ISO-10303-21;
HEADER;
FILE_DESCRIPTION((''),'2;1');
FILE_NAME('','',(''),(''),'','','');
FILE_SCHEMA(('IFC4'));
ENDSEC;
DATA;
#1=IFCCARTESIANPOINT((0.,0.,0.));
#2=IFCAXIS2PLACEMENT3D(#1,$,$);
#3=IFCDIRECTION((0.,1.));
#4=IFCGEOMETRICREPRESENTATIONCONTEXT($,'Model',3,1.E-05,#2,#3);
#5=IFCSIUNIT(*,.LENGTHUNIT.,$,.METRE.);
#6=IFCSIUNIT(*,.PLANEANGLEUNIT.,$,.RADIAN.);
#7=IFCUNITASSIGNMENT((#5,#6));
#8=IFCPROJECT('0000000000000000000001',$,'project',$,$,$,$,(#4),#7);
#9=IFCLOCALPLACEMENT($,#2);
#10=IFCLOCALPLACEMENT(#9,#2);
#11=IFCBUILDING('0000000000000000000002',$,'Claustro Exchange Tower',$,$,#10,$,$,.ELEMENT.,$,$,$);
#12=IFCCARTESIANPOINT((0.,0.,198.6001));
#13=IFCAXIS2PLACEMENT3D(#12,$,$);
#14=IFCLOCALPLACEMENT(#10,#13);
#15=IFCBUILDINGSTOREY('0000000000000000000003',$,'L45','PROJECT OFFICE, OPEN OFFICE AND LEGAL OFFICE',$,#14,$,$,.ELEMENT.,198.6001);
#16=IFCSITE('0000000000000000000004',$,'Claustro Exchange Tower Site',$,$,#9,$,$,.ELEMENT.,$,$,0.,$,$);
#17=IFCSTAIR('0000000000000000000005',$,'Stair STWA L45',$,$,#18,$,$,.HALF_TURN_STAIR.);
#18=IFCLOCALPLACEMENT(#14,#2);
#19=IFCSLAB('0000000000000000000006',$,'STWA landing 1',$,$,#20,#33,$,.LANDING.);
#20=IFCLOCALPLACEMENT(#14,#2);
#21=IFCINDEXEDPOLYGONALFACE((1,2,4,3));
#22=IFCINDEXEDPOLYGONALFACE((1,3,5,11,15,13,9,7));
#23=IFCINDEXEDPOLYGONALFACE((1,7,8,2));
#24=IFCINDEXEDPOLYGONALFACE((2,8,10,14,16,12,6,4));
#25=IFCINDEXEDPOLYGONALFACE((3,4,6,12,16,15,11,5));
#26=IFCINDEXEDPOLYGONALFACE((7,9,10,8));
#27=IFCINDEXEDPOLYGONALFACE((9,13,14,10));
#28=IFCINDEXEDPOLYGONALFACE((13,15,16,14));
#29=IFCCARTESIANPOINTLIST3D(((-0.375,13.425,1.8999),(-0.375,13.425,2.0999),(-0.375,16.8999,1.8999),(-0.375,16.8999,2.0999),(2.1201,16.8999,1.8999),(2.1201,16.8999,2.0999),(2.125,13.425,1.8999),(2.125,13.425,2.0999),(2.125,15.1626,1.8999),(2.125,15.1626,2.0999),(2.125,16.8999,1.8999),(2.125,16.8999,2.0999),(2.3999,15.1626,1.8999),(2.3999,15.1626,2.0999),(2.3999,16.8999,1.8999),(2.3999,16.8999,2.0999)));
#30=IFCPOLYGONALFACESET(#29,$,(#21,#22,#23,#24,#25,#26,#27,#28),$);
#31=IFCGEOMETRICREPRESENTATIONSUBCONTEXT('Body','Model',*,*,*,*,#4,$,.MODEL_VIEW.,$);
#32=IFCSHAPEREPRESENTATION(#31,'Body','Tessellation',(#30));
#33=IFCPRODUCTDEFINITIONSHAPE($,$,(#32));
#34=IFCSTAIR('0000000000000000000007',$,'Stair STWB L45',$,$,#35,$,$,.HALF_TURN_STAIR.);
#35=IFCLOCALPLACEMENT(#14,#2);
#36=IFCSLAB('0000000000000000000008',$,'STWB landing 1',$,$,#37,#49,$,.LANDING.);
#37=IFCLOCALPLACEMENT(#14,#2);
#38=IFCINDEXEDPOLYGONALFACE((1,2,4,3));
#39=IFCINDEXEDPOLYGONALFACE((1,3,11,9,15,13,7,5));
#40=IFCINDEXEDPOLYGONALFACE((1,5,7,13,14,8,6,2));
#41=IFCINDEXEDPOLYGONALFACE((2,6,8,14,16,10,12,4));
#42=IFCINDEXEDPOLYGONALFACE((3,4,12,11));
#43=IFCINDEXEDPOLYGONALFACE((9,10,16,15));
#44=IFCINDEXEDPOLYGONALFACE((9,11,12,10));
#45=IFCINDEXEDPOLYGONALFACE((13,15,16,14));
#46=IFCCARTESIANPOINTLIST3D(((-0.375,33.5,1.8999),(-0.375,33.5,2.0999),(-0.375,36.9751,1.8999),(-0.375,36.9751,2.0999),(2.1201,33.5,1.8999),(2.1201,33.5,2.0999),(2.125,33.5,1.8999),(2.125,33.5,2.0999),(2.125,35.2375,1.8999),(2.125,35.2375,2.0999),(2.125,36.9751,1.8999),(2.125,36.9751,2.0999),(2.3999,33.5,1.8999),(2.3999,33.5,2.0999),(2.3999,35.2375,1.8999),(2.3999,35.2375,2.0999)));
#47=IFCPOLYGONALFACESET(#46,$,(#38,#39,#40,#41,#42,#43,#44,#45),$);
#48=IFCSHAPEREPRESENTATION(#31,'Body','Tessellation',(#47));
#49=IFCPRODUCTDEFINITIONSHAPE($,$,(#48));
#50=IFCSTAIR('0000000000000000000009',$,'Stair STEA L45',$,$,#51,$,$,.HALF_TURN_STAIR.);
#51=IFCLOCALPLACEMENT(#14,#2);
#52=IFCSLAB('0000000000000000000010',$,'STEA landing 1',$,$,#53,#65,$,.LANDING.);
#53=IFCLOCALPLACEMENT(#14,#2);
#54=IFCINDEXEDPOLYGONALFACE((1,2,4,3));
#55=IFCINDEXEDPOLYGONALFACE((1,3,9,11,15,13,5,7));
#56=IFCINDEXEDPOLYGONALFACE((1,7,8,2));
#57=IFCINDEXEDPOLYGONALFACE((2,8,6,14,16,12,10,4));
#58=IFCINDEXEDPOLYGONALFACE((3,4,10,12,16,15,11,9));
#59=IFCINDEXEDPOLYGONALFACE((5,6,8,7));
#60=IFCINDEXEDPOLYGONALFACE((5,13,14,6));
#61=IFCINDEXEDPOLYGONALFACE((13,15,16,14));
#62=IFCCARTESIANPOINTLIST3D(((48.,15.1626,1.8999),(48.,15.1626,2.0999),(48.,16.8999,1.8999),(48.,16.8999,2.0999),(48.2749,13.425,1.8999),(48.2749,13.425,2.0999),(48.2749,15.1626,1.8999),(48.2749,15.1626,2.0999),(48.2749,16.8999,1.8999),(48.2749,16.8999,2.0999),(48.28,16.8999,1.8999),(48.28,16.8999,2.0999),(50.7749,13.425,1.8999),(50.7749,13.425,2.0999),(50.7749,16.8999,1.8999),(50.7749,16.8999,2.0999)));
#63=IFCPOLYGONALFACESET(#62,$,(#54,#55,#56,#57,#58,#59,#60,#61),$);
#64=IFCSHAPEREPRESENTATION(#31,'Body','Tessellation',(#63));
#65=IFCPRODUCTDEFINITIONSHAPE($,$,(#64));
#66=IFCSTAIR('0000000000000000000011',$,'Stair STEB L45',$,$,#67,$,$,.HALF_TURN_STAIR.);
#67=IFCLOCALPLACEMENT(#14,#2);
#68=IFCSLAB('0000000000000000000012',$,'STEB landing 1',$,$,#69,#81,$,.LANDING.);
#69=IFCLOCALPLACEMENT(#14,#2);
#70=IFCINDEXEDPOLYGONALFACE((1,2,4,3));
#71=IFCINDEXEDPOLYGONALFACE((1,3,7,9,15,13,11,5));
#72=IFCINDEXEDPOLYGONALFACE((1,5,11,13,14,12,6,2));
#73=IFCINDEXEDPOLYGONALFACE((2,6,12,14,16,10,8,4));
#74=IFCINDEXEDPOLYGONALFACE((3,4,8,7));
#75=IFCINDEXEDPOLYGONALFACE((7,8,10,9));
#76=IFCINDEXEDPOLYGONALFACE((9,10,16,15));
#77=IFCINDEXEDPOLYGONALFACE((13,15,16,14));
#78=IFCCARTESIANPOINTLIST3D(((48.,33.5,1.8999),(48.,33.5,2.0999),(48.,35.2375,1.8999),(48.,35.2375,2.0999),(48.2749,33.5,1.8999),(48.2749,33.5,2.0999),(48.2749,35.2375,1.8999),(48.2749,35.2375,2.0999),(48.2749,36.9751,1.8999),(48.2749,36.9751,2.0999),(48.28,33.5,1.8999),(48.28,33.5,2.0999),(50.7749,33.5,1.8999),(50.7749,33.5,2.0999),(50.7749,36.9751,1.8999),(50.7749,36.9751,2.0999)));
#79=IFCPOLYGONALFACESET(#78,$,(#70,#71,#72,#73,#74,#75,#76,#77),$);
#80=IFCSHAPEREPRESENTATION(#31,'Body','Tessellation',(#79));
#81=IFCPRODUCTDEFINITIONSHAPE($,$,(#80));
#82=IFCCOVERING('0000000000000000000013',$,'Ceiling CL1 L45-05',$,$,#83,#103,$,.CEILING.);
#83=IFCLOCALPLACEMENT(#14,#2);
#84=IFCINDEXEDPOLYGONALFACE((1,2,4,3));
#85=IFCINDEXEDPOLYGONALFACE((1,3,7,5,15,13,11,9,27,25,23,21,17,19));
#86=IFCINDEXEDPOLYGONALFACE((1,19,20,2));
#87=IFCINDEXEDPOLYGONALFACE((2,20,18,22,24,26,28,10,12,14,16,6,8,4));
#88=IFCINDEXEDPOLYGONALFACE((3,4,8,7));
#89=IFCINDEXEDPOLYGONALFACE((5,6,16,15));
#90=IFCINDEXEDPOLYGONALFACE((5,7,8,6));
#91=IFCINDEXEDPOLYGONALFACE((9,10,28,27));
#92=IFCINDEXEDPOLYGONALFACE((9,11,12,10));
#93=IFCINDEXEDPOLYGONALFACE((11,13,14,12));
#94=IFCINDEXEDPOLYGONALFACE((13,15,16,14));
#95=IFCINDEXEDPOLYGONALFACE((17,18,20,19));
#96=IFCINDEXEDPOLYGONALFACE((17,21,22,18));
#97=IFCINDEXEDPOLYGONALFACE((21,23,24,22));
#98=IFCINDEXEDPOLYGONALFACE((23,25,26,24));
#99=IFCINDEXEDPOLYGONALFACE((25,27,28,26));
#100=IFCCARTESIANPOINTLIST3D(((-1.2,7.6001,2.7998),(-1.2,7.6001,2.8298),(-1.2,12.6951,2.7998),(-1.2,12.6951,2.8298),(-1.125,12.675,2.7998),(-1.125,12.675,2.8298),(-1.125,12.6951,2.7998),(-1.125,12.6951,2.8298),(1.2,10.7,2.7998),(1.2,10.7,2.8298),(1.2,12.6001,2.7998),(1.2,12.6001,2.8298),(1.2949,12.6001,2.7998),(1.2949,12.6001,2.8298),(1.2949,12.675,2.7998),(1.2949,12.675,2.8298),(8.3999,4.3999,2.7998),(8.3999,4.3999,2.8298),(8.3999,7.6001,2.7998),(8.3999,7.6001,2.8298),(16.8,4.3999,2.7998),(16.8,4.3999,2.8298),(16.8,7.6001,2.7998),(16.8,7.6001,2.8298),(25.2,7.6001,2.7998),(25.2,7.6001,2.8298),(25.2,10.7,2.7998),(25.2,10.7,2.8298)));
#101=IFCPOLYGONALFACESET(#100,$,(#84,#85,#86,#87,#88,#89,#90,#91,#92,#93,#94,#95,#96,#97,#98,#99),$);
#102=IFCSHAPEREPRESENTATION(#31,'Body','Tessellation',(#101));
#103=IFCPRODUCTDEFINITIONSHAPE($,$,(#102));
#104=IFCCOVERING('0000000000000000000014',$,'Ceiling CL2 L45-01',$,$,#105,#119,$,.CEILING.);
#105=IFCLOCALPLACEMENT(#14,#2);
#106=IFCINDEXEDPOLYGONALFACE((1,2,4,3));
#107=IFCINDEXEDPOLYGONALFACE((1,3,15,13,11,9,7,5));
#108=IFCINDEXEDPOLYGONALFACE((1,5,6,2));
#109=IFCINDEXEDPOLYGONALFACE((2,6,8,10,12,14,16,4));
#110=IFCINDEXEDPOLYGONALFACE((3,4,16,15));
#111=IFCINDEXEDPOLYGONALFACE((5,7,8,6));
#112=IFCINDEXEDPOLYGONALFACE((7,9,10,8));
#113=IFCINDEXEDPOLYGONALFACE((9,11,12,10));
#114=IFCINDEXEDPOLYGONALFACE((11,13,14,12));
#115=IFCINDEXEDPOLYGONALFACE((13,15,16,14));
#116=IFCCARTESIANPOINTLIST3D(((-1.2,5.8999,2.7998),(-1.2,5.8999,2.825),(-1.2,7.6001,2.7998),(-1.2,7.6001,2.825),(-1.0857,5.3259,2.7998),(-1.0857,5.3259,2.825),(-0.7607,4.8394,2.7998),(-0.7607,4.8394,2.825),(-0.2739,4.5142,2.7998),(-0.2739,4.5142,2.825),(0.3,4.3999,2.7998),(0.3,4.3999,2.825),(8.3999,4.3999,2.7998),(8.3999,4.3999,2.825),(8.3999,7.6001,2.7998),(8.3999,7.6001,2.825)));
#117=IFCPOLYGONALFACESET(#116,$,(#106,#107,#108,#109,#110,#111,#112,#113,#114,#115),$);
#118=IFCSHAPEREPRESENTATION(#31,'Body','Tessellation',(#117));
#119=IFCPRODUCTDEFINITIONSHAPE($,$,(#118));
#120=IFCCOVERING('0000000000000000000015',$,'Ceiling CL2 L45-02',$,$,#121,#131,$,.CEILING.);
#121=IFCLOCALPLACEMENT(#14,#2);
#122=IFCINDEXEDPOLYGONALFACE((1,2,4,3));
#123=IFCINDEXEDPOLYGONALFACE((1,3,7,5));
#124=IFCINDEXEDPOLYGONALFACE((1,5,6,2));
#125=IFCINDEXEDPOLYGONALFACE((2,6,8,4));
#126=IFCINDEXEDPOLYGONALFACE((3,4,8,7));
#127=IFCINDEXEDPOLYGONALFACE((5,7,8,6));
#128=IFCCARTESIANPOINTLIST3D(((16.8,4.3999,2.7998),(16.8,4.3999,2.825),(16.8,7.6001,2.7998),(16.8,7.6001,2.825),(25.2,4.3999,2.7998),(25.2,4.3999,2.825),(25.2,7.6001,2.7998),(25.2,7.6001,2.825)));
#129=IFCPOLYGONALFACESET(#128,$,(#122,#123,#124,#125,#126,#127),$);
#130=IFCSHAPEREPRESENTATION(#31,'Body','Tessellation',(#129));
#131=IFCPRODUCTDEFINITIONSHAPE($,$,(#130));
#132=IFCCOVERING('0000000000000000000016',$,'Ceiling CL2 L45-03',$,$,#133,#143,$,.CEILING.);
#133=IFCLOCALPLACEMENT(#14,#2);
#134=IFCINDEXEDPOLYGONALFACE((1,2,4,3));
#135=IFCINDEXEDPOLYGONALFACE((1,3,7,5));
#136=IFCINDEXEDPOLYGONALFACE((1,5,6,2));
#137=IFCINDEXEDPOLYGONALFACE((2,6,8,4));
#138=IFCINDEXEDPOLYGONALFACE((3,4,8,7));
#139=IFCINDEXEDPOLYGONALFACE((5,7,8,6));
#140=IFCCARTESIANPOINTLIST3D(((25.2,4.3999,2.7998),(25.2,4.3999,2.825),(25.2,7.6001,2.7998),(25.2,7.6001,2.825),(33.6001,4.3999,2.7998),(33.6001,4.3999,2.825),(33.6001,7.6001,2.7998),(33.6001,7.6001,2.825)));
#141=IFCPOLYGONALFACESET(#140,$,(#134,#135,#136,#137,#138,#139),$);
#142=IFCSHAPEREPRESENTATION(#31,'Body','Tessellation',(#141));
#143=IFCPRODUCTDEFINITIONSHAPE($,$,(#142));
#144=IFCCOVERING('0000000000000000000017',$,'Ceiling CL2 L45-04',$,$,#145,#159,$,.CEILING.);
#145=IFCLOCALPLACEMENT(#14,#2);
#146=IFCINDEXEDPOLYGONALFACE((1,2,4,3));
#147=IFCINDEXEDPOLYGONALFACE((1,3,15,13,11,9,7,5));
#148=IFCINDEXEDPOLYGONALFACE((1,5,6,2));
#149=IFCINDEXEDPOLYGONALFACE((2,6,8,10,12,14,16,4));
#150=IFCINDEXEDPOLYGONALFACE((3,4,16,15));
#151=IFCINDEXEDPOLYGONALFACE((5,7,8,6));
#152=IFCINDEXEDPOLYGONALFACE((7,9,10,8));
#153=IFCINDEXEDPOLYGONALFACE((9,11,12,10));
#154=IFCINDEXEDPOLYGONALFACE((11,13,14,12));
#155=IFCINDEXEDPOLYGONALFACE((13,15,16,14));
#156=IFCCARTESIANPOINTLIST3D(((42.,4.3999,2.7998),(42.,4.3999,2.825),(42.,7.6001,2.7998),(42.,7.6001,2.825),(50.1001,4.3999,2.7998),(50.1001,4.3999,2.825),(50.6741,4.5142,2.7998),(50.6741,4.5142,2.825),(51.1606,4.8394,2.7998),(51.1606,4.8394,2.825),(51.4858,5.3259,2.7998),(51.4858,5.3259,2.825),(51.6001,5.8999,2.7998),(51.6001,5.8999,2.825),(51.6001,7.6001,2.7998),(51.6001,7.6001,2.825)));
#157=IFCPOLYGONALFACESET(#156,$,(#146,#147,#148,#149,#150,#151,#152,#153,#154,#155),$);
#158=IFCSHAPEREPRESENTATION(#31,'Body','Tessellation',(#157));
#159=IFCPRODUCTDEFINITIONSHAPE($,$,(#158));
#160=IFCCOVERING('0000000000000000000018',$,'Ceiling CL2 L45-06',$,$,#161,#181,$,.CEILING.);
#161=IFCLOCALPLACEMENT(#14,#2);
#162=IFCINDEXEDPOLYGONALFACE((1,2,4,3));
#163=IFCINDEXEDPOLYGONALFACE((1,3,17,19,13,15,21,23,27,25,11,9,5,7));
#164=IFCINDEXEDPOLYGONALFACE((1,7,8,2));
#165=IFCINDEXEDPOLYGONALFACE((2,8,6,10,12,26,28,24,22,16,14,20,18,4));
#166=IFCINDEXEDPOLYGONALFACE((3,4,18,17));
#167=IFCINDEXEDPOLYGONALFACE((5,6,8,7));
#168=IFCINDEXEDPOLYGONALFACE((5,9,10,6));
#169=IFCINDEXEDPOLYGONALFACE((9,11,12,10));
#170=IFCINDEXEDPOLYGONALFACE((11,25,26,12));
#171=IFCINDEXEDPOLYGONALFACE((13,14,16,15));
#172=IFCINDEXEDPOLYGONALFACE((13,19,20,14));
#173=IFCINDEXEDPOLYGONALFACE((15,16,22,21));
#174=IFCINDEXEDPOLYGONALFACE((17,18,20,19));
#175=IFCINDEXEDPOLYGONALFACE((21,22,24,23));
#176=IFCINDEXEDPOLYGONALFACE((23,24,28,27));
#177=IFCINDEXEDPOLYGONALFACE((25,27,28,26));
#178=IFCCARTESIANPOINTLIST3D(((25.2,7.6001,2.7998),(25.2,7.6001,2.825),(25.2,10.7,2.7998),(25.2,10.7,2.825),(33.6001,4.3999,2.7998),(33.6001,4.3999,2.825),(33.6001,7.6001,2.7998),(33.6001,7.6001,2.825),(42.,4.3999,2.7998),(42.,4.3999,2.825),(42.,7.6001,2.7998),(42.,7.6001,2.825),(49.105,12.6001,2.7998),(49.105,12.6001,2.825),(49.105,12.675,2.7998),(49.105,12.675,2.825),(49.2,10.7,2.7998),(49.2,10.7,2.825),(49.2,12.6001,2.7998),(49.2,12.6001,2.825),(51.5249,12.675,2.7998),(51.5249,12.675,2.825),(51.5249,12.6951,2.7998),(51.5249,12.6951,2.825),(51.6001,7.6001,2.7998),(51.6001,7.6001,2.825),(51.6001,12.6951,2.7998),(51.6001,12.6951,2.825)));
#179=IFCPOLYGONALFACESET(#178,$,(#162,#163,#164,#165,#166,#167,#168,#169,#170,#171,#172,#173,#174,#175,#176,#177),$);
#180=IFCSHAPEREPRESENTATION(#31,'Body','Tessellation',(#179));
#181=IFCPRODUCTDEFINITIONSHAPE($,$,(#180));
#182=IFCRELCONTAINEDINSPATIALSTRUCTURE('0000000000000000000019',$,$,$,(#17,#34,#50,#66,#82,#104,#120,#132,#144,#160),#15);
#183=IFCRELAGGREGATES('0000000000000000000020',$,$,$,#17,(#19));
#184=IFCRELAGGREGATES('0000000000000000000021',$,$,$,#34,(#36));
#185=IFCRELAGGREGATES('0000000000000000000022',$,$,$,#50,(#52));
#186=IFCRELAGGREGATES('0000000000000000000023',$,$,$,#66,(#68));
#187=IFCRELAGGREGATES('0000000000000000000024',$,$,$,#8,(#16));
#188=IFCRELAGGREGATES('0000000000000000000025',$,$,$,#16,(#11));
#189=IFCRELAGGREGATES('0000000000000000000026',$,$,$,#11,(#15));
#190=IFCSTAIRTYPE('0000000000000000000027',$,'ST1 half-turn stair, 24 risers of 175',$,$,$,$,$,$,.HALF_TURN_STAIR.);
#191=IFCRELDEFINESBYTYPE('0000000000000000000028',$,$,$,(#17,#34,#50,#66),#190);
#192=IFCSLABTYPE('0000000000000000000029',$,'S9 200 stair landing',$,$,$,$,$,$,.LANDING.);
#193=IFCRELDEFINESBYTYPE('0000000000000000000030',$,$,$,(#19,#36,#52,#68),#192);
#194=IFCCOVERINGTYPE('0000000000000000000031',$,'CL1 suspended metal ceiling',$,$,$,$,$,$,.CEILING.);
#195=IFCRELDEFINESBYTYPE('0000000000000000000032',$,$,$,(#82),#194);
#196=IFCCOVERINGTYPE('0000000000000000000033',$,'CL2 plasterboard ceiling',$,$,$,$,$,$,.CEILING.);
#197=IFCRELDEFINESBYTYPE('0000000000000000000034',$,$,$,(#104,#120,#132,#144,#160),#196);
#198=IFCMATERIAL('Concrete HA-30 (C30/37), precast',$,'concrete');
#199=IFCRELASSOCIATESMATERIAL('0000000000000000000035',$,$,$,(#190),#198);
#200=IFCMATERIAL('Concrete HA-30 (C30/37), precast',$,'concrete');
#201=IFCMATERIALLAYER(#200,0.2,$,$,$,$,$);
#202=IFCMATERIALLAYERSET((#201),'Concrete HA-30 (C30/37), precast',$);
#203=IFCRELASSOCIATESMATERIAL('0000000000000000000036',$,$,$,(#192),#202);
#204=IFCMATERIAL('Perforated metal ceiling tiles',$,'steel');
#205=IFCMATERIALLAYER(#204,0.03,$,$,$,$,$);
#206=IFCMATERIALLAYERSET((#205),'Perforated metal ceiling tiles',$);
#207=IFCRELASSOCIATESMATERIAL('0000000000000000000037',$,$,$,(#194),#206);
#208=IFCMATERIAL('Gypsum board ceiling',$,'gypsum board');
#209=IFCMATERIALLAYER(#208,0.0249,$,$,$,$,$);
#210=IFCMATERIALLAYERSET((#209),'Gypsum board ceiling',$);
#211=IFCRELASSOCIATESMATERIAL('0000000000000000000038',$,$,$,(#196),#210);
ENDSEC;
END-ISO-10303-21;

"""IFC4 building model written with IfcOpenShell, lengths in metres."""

from ifc_helpers import new_model, si_unit, direction, frame, origin, place, context, subcontext, project, spatial, polyline, outline, extrude, material, layer, layer_set, type_object, element, aggregate, save


model = new_model("IFC4")

# Units and contexts
model_context = context("Model", 3, precision=1e-05, world=origin(), true_north=direction((0.0, 1.0)))
body_context = subcontext(model_context, "Body", "Model", "MODEL_VIEW")
ifc_project = project(units=[si_unit("LENGTHUNIT", "METRE"), si_unit("PLANEANGLEUNIT", "RADIAN")], contexts=[model_context])

# Site, building, storey
site_placement = place(None, origin())
site = spatial("IfcSite", under=ifc_project, at=site_placement, Name="Claustro Exchange Tower Site", CompositionType="ELEMENT", RefElevation=0.0)
building_placement = place(site_placement, origin())
building = spatial("IfcBuilding", under=site, at=building_placement, Name="Claustro Exchange Tower", CompositionType="ELEMENT")
storey_placement = place(building_placement, frame((0.0, 0.0, 198.6001)))
storey = spatial("IfcBuildingStorey", under=building, at=storey_placement, Name="L45", Description="PROJECT OFFICE, OPEN OFFICE AND LEGAL OFFICE", CompositionType="ELEMENT", Elevation=198.6001)

# Stairs, slabs
ifc_material_1 = material(Name="Concrete HA-30 (C30/37), precast", Category="concrete")
stair_type = type_object("IfcStairType", Name="ST1 half-turn stair, 24 risers of 175", PredefinedType="HALF_TURN_STAIR", material=ifc_material_1)
stair_1_placement = place(storey_placement, origin())
stair_1 = element("IfcStair", 1, at=stair_1_placement, inside=storey, type_object=stair_type, Name="Stair STWA L45", PredefinedType="HALF_TURN_STAIR")
ifc_material_2 = material(Name="Concrete HA-30 (C30/37), precast", Category="concrete")
ifc_layer_1 = layer(ifc_material_2, 0.2)
ifc_layer_set_1 = layer_set([ifc_layer_1], Name="Concrete HA-30 (C30/37), precast")
slab_type_1 = type_object("IfcSlabType", Name="S9 200 stair landing", PredefinedType="LANDING", material=ifc_layer_set_1)
slab_1_placement = place(storey_placement, frame((0.0, 0.0, 1.8999)))
slab_1 = element("IfcSlab", 2, at=slab_1_placement, type_object=slab_type_1, Name="STWA landing 1", PredefinedType="LANDING", context=body_context, shape_type="SweptSolid", body=[
    extrude(outline(polyline([(2.125, 13.425), (-0.375, 13.425), (-0.375, 16.8999), (2.1201, 16.8999), (2.125, 16.8999), (2.3999, 16.8999), (2.3999, 15.1626), (2.125, 15.1626), (2.125, 13.425)])), origin(), (0.0, 0.0, 1.0), 0.2),
])
aggregate(stair_1, [slab_1])
stair_2_placement = place(storey_placement, origin())
stair_2 = element("IfcStair", 3, at=stair_2_placement, inside=storey, type_object=stair_type, Name="Stair STWB L45", PredefinedType="HALF_TURN_STAIR")
slab_2_placement = place(storey_placement, frame((0.0, 0.0, 1.8999)))
slab_2 = element("IfcSlab", 4, at=slab_2_placement, type_object=slab_type_1, Name="STWB landing 1", PredefinedType="LANDING", context=body_context, shape_type="SweptSolid", body=[
    extrude(outline(polyline([(2.3999, 35.2375), (2.3999, 33.5), (2.125, 33.5), (2.1201, 33.5), (-0.375, 33.5), (-0.375, 36.9751), (2.125, 36.9751), (2.125, 35.2375), (2.3999, 35.2375)])), origin(), (0.0, 0.0, 1.0), 0.2),
])
aggregate(stair_2, [slab_2])
stair_3_placement = place(storey_placement, origin())
stair_3 = element("IfcStair", 5, at=stair_3_placement, inside=storey, type_object=stair_type, Name="Stair STEA L45", PredefinedType="HALF_TURN_STAIR")
slab_3_placement = place(storey_placement, frame((0.0, 0.0, 1.8999)))
slab_3 = element("IfcSlab", 6, at=slab_3_placement, type_object=slab_type_1, Name="STEA landing 1", PredefinedType="LANDING", context=body_context, shape_type="SweptSolid", body=[
    extrude(outline(polyline([(50.7749, 16.8999), (50.7749, 13.425), (48.2749, 13.425), (48.2749, 15.1626), (48.0, 15.1626), (48.0, 16.8999), (48.2749, 16.8999), (48.28, 16.8999), (50.7749, 16.8999)])), origin(), (0.0, 0.0, 1.0), 0.2),
])
aggregate(stair_3, [slab_3])
stair_4_placement = place(storey_placement, origin())
stair_4 = element("IfcStair", 7, at=stair_4_placement, inside=storey, type_object=stair_type, Name="Stair STEB L45", PredefinedType="HALF_TURN_STAIR")
slab_4_placement = place(storey_placement, frame((0.0, 0.0, 1.8999)))
slab_4 = element("IfcSlab", 8, at=slab_4_placement, type_object=slab_type_1, Name="STEB landing 1", PredefinedType="LANDING", context=body_context, shape_type="SweptSolid", body=[
    extrude(outline(polyline([(48.0, 33.5), (48.0, 35.2375), (48.2749, 35.2375), (48.2749, 36.9751), (50.7749, 36.9751), (50.7749, 33.5), (48.28, 33.5), (48.2749, 33.5), (48.0, 33.5)])), origin(), (0.0, 0.0, 1.0), 0.2),
])
aggregate(stair_4, [slab_4])

# Coverings
ifc_material_3 = material(Name="Perforated metal ceiling tiles", Category="steel")
ifc_layer_2 = layer(ifc_material_3, 0.03)
ifc_layer_set_2 = layer_set([ifc_layer_2], Name="Perforated metal ceiling tiles")
covering_type_1 = type_object("IfcCoveringType", Name="CL1 suspended metal ceiling", PredefinedType="CEILING", material=ifc_layer_set_2)
covering_1_placement = place(storey_placement, frame((0.0, 0.0, 2.7998)))
element("IfcCovering", 9, at=covering_1_placement, inside=storey, type_object=covering_type_1, Name="Ceiling CL1 L45-05", PredefinedType="CEILING", context=body_context, shape_type="SweptSolid", body=[
    extrude(outline(polyline([(1.2, 10.7), (1.2, 12.6001), (1.2949, 12.6001), (1.2949, 12.675), (-1.125, 12.675), (-1.125, 12.6951), (-1.2, 12.6951), (-1.2, 7.6001), (8.3999, 7.6001), (8.3999, 4.3999), (16.8, 4.3999), (16.8, 7.6001), (25.2, 7.6001), (25.2, 10.7), (1.2, 10.7)])), origin(), (0.0, 0.0, 1.0), 0.03),
])
ifc_material_4 = material(Name="Gypsum board ceiling", Category="gypsum board")
ifc_layer_3 = layer(ifc_material_4, 0.0249)
ifc_layer_set_3 = layer_set([ifc_layer_3], Name="Gypsum board ceiling")
covering_type_2 = type_object("IfcCoveringType", Name="CL2 plasterboard ceiling", PredefinedType="CEILING", material=ifc_layer_set_3)
covering_2_placement = place(storey_placement, frame((0.0, 0.0, 2.7998)))
element("IfcCovering", 10, at=covering_2_placement, inside=storey, type_object=covering_type_2, Name="Ceiling CL2 L45-01", PredefinedType="CEILING", context=body_context, shape_type="SweptSolid", body=[
    extrude(outline(polyline([(-1.0857, 5.3259), (-0.7607, 4.8394), (-0.2739, 4.5142), (0.3, 4.3999), (8.3999, 4.3999), (8.3999, 7.6001), (-1.2, 7.6001), (-1.2, 5.8999), (-1.0857, 5.3259)])), origin(), (0.0, 0.0, 1.0), 0.0251),
])
covering_3_placement = place(storey_placement, frame((0.0, 0.0, 2.7998)))
element("IfcCovering", 11, at=covering_3_placement, inside=storey, type_object=covering_type_2, Name="Ceiling CL2 L45-02", PredefinedType="CEILING", context=body_context, shape_type="SweptSolid", body=[
    extrude(outline(polyline([(16.8, 4.3999), (25.2, 4.3999), (25.2, 7.6001), (16.8, 7.6001), (16.8, 4.3999)])), origin(), (0.0, 0.0, 1.0), 0.0251),
])
covering_4_placement = place(storey_placement, frame((0.0, 0.0, 2.7998)))
element("IfcCovering", 12, at=covering_4_placement, inside=storey, type_object=covering_type_2, Name="Ceiling CL2 L45-03", PredefinedType="CEILING", context=body_context, shape_type="SweptSolid", body=[
    extrude(outline(polyline([(25.2, 4.3999), (33.6001, 4.3999), (33.6001, 7.6001), (25.2, 7.6001), (25.2, 4.3999)])), origin(), (0.0, 0.0, 1.0), 0.0251),
])
covering_5_placement = place(storey_placement, frame((0.0, 0.0, 2.7998)))
element("IfcCovering", 13, at=covering_5_placement, inside=storey, type_object=covering_type_2, Name="Ceiling CL2 L45-04", PredefinedType="CEILING", context=body_context, shape_type="SweptSolid", body=[
    extrude(outline(polyline([(51.6001, 5.8999), (51.6001, 7.6001), (42.0, 7.6001), (42.0, 4.3999), (50.1001, 4.3999), (50.6741, 4.5142), (51.1606, 4.8394), (51.4858, 5.3259), (51.6001, 5.8999)])), origin(), (0.0, 0.0, 1.0), 0.0251),
])
covering_6_placement = place(storey_placement, frame((0.0, 0.0, 2.7998)))
element("IfcCovering", 14, at=covering_6_placement, inside=storey, type_object=covering_type_2, Name="Ceiling CL2 L45-06", PredefinedType="CEILING", context=body_context, shape_type="SweptSolid", body=[
    extrude(outline(polyline([(51.6001, 7.6001), (51.6001, 12.6951), (51.5249, 12.6951), (51.5249, 12.675), (49.105, 12.675), (49.105, 12.6001), (49.2, 12.6001), (49.2, 10.7), (25.2, 10.7), (25.2, 7.6001), (33.6001, 7.6001), (33.6001, 4.3999), (42.0, 4.3999), (42.0, 7.6001), (51.6001, 7.6001)])), origin(), (0.0, 0.0, 1.0), 0.0251),
])

save(model, "model.ifc")
